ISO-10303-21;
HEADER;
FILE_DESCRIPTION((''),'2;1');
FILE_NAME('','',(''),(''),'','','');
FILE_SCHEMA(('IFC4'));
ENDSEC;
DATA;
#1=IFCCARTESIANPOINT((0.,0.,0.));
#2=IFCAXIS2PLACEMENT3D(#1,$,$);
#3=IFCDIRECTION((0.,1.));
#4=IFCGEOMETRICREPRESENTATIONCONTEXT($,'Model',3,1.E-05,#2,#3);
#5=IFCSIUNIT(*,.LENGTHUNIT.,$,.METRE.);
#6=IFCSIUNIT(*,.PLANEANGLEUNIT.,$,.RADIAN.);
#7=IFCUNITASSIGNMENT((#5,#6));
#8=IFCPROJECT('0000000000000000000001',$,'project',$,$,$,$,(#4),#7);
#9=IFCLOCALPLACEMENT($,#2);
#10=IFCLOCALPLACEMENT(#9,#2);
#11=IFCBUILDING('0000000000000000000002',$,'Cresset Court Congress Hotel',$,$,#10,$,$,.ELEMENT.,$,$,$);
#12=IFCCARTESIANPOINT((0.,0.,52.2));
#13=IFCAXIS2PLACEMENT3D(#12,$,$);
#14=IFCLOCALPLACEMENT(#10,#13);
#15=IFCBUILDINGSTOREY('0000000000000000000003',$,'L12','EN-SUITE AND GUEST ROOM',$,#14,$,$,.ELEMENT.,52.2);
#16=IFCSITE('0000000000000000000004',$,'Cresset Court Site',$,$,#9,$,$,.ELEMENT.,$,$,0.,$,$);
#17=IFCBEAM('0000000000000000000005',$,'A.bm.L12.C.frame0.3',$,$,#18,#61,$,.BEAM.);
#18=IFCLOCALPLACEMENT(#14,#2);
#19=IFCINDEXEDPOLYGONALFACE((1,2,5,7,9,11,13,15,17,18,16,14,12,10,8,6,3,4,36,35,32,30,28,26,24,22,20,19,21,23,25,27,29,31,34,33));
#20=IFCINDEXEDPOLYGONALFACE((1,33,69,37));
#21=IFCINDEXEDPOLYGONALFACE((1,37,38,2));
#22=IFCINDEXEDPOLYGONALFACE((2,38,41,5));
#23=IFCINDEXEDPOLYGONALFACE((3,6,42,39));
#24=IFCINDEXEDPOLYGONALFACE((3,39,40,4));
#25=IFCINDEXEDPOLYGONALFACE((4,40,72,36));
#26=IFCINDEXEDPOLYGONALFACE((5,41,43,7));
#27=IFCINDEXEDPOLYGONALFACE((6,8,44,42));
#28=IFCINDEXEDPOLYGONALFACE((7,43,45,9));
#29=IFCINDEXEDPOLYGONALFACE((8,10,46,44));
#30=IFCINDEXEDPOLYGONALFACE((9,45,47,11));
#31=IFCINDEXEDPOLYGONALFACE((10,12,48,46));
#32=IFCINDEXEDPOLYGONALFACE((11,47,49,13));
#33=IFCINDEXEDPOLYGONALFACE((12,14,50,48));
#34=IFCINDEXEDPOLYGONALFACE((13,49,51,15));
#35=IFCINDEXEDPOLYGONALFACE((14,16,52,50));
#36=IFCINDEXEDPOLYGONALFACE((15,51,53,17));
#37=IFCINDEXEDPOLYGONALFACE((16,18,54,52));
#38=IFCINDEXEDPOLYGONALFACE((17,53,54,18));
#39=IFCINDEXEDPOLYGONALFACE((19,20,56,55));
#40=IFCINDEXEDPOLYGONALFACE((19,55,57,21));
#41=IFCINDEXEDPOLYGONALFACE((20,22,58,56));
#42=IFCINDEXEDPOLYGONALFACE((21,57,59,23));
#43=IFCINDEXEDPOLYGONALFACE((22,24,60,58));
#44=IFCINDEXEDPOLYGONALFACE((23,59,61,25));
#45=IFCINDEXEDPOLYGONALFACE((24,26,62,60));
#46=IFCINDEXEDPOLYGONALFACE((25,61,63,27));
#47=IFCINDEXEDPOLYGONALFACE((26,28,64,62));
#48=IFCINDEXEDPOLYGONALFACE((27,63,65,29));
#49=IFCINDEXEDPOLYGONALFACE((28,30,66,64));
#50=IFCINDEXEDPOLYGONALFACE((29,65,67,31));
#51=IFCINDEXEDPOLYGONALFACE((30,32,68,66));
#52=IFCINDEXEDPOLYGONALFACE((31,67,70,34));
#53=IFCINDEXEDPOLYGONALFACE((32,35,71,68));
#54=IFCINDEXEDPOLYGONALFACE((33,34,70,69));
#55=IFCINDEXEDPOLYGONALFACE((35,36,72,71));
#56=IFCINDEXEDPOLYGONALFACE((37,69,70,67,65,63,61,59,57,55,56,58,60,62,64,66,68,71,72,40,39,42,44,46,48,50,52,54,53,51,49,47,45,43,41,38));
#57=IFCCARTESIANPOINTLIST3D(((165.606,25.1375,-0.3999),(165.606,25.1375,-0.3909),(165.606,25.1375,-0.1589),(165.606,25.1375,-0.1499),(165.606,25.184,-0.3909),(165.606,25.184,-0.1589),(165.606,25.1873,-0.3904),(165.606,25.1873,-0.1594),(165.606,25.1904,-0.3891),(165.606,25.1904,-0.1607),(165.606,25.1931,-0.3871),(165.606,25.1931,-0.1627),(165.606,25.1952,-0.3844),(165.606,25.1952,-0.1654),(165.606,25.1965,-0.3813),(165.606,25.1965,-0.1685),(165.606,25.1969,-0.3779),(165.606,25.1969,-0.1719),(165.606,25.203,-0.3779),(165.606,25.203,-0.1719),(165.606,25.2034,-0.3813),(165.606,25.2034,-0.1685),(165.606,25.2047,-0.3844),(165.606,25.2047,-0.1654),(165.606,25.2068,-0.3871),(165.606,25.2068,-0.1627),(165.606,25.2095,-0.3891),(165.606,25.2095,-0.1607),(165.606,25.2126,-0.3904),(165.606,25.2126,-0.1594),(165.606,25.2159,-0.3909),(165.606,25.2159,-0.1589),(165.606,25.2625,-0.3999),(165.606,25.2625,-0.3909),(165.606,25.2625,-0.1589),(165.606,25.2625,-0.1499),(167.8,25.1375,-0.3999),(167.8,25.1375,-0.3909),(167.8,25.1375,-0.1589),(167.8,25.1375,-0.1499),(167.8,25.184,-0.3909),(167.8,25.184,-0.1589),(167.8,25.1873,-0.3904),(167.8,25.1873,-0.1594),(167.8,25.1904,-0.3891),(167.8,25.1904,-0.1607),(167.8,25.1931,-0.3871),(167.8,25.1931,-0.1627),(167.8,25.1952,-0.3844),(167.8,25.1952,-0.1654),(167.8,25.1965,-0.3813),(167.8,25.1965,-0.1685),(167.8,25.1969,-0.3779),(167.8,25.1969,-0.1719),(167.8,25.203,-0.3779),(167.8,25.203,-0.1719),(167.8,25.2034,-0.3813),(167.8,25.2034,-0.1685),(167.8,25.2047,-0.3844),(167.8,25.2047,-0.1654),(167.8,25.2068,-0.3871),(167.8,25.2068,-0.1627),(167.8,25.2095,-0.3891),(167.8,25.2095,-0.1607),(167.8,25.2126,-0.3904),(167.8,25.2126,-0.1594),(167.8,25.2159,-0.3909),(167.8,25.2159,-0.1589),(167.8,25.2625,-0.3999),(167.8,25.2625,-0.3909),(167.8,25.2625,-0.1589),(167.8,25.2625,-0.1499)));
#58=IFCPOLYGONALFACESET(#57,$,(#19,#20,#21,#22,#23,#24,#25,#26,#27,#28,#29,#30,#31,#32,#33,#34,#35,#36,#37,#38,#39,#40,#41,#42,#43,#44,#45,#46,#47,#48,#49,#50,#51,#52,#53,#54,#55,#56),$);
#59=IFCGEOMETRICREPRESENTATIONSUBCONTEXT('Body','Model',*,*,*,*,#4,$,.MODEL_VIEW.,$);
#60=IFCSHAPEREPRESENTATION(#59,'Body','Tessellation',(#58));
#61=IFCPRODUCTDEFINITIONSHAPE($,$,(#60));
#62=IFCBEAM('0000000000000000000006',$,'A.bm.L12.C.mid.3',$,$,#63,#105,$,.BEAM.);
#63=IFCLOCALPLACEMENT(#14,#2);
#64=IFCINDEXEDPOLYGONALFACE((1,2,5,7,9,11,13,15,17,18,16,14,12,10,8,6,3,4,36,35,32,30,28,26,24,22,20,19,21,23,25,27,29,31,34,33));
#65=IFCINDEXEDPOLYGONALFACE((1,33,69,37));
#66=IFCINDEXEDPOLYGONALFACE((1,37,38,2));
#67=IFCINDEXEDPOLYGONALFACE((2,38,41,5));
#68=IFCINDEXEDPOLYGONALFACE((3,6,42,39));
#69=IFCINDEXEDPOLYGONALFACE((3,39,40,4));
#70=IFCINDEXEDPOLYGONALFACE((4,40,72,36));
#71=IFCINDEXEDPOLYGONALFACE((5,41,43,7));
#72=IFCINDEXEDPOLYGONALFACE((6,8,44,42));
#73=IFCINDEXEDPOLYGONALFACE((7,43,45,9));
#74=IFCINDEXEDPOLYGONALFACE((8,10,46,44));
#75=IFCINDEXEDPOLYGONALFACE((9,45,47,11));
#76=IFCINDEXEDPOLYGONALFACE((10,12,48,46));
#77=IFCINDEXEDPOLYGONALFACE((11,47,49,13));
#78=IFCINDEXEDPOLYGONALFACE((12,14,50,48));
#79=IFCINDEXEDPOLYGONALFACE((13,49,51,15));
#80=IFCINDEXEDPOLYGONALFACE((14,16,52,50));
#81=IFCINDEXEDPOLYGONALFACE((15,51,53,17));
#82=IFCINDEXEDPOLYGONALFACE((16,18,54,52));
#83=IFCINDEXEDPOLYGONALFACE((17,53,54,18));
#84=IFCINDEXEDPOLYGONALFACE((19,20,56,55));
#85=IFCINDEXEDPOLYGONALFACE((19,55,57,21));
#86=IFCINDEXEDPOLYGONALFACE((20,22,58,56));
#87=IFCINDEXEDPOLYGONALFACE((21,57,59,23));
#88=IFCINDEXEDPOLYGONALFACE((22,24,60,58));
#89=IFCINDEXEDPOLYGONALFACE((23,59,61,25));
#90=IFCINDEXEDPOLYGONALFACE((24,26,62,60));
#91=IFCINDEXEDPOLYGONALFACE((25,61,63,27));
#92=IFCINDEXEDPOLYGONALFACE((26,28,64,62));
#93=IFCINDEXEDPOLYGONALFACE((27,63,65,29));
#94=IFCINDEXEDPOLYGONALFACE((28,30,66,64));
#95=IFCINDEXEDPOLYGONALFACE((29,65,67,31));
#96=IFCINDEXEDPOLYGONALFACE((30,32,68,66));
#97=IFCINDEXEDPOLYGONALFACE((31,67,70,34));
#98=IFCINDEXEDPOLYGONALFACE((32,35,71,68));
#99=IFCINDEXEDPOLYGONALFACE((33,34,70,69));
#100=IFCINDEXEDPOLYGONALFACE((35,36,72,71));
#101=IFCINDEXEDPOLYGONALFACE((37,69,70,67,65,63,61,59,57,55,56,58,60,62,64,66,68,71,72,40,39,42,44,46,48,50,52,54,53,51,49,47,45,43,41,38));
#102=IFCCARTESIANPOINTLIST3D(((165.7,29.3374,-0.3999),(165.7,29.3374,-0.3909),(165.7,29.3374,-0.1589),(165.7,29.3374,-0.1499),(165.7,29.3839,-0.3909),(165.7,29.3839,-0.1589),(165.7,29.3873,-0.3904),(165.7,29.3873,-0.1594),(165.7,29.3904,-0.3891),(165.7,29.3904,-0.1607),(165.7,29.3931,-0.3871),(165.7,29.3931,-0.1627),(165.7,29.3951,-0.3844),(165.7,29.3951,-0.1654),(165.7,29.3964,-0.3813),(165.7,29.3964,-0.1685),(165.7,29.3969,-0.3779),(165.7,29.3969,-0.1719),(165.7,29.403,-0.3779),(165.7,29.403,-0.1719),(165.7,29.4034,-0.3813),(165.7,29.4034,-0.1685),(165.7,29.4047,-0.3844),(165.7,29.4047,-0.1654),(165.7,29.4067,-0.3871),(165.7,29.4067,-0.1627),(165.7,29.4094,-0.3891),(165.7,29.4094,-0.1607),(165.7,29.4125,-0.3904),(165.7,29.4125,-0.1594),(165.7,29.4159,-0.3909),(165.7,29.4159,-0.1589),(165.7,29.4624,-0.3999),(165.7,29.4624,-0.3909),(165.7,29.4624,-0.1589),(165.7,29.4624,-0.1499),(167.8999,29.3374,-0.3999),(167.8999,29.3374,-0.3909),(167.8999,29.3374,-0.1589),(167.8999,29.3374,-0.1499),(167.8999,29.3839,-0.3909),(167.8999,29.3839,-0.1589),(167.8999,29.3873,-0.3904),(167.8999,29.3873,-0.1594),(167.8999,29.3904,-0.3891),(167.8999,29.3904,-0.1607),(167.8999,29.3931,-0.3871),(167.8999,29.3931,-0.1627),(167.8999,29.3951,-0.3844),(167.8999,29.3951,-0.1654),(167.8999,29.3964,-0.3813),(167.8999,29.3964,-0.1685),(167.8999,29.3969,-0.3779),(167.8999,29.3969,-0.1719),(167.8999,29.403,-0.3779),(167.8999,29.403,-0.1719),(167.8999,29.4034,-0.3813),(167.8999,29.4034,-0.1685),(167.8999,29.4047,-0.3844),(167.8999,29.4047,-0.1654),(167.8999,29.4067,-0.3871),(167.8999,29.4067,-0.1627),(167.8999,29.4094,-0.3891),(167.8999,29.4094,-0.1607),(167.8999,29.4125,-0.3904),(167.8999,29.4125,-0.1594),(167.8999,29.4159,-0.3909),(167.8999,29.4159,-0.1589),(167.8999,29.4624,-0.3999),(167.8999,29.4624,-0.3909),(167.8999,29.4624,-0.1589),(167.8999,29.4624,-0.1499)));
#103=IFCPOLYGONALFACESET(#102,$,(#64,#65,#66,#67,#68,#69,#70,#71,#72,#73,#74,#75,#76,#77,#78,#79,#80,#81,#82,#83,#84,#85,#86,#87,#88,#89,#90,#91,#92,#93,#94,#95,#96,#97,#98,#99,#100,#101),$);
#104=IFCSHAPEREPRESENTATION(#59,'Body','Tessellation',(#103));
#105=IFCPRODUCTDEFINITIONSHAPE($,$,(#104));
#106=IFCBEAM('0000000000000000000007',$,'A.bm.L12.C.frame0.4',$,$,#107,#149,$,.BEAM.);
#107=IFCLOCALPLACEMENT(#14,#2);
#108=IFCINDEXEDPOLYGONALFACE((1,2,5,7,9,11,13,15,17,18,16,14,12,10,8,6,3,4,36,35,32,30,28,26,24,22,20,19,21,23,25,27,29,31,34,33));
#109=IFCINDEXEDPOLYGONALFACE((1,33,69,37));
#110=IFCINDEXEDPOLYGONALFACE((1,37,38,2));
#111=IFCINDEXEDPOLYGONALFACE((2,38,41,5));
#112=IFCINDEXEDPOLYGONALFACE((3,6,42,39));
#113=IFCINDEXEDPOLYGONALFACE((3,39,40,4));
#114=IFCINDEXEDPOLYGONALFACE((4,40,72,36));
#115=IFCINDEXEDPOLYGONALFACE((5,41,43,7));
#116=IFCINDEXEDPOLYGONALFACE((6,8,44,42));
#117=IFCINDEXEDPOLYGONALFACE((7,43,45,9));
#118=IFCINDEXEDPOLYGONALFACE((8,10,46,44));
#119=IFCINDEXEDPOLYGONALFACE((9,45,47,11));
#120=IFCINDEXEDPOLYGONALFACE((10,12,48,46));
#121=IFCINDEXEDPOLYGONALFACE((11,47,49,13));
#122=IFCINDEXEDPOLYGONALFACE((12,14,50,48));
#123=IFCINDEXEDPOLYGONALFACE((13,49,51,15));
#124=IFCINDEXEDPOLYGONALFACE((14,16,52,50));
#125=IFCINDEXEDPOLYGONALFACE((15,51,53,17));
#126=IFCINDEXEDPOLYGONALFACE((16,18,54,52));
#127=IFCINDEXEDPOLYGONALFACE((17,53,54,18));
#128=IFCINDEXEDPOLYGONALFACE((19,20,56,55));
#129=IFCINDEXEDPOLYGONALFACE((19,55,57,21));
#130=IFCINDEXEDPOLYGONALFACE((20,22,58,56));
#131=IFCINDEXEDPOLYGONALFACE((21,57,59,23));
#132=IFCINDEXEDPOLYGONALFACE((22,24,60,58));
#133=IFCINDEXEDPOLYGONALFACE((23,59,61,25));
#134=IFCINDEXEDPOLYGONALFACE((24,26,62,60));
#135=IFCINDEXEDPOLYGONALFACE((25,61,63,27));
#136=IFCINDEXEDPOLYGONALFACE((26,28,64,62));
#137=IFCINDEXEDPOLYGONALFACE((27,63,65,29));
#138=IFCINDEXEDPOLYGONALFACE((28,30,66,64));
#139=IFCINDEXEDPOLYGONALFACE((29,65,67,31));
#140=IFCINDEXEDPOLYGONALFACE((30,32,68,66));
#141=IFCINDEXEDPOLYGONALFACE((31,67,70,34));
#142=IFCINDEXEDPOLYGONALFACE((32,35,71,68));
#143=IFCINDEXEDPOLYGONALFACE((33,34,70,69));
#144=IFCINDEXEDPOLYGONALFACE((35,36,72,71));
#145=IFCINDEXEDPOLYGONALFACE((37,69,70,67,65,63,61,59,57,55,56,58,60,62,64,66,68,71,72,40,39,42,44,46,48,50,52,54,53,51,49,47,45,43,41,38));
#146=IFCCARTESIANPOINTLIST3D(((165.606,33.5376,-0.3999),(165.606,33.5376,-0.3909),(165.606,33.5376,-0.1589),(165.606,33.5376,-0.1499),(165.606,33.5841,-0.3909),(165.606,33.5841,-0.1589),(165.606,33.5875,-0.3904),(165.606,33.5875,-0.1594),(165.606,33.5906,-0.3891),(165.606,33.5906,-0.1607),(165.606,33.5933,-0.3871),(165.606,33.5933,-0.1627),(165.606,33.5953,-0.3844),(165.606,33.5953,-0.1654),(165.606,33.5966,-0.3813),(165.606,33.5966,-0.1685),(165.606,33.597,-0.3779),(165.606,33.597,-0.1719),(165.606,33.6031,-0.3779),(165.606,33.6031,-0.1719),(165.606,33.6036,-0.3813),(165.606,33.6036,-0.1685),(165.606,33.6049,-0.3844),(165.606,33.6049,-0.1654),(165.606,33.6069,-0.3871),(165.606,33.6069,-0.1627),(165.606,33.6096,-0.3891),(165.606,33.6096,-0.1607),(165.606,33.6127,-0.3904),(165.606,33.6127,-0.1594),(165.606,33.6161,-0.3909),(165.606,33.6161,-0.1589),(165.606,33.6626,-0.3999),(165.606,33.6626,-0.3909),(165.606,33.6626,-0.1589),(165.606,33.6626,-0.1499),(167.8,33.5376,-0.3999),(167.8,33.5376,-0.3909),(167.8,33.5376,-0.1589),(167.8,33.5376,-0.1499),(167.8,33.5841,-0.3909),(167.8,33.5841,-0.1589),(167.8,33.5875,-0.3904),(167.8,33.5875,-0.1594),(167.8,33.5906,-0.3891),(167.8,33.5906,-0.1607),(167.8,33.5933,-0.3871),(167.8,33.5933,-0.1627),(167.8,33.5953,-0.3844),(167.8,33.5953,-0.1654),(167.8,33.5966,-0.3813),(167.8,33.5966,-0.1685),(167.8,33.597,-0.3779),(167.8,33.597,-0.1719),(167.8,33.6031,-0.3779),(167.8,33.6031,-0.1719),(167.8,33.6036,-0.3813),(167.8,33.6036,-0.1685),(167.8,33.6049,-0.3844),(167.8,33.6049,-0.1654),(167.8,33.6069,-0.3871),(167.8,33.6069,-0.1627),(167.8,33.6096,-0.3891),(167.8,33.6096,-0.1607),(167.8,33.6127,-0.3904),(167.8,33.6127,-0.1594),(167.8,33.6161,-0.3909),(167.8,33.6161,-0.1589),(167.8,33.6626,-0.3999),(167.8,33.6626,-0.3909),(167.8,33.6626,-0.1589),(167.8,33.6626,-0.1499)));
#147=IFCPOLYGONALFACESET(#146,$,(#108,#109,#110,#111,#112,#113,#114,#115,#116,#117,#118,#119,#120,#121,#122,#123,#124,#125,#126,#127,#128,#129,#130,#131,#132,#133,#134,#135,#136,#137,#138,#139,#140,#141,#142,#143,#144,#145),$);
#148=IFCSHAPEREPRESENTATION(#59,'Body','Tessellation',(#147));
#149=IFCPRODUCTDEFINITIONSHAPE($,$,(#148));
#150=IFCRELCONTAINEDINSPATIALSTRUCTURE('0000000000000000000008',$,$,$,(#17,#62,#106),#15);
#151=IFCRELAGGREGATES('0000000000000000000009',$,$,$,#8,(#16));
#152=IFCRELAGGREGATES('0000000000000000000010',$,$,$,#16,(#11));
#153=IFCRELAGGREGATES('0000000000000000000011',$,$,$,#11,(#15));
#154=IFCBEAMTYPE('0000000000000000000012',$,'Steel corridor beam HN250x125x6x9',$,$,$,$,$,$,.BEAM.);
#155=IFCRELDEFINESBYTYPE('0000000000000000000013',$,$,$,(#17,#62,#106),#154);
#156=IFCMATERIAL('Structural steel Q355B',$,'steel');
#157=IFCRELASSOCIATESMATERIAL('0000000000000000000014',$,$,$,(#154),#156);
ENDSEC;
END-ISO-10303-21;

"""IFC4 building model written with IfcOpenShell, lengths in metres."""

from ifc_helpers import new_model, si_unit, direction, frame, origin, origin_2d, place, context, subcontext, project, spatial, i_section, extrude, material, material_profile, profile_set, type_object, element, save


model = new_model("IFC4")

# Units and contexts
model_context = context("Model", 3, precision=1e-05, world=origin(), true_north=direction((0.0, 1.0)))
body_context = subcontext(model_context, "Body", "Model", "MODEL_VIEW")
ifc_project = project(units=[si_unit("LENGTHUNIT", "METRE"), si_unit("PLANEANGLEUNIT", "RADIAN")], contexts=[model_context])

# Site, building, storey
site_placement = place(None, origin())
site = spatial("IfcSite", under=ifc_project, at=site_placement, Name="Cresset Court Site", CompositionType="ELEMENT", RefElevation=0.0)
building_placement = place(site_placement, origin())
building = spatial("IfcBuilding", under=site, at=building_placement, Name="Cresset Court Congress Hotel", CompositionType="ELEMENT")
storey_placement = place(building_placement, frame((0.0, 0.0, 52.2)))
storey = spatial("IfcBuildingStorey", under=building, at=storey_placement, Name="L12", Description="EN-SUITE AND GUEST ROOM", CompositionType="ELEMENT", Elevation=52.2)

# Beams
ifc_material_1 = material(Name="Structural steel Q355B", Category="steel")
ifc_material_profile = material_profile(ifc_material_1, i_section(OverallWidth=0.125, OverallDepth=0.25, WebThickness=0.0061, FlangeThickness=0.009, FilletRadius=0.0129, at=origin_2d()), Name="HN250x125x6x9")
ifc_profile_set = profile_set([ifc_material_profile], Name="Structural steel Q355B")
beam_type = type_object("IfcBeamType", Name="Steel corridor beam HN250x125x6x9", PredefinedType="BEAM", material=ifc_profile_set)
beam_1_placement = place(storey_placement, frame((165.606, 25.2, -0.2749), z_axis=(1.0, 0.0, 0.0), x_axis=(0.0, 1.0, 0.0)))
element("IfcBeam", 1, at=beam_1_placement, inside=storey, type_object=beam_type, Name="A.bm.L12.C.frame0.3", PredefinedType="BEAM", context=body_context, shape_type="SweptSolid", body=[
    extrude(i_section(OverallWidth=0.125, OverallDepth=0.25, WebThickness=0.0061, FlangeThickness=0.009, FilletRadius=0.0129, at=origin_2d()), origin(), (0.0, 0.0, 1.0), 2.1941),
])
beam_2_placement = place(storey_placement, frame((165.7, 29.3999, -0.2749), z_axis=(1.0, 0.0, 0.0), x_axis=(0.0, 1.0, 0.0)))
element("IfcBeam", 2, at=beam_2_placement, inside=storey, type_object=beam_type, Name="A.bm.L12.C.mid.3", PredefinedType="BEAM", context=body_context, shape_type="SweptSolid", body=[
    extrude(i_section(OverallWidth=0.125, OverallDepth=0.25, WebThickness=0.0061, FlangeThickness=0.009, FilletRadius=0.0129, at=origin_2d()), origin(), (0.0, 0.0, 1.0), 2.2),
])
beam_3_placement = place(storey_placement, frame((165.606, 33.6001, -0.2749), z_axis=(1.0, 0.0, 0.0), x_axis=(0.0, 1.0, 0.0)))
element("IfcBeam", 3, at=beam_3_placement, inside=storey, type_object=beam_type, Name="A.bm.L12.C.frame0.4", PredefinedType="BEAM", context=body_context, shape_type="SweptSolid", body=[
    extrude(i_section(OverallWidth=0.125, OverallDepth=0.25, WebThickness=0.0061, FlangeThickness=0.009, FilletRadius=0.0129, at=origin_2d()), origin(), (0.0, 0.0, 1.0), 2.1941),
])

save(model, "model.ifc")
